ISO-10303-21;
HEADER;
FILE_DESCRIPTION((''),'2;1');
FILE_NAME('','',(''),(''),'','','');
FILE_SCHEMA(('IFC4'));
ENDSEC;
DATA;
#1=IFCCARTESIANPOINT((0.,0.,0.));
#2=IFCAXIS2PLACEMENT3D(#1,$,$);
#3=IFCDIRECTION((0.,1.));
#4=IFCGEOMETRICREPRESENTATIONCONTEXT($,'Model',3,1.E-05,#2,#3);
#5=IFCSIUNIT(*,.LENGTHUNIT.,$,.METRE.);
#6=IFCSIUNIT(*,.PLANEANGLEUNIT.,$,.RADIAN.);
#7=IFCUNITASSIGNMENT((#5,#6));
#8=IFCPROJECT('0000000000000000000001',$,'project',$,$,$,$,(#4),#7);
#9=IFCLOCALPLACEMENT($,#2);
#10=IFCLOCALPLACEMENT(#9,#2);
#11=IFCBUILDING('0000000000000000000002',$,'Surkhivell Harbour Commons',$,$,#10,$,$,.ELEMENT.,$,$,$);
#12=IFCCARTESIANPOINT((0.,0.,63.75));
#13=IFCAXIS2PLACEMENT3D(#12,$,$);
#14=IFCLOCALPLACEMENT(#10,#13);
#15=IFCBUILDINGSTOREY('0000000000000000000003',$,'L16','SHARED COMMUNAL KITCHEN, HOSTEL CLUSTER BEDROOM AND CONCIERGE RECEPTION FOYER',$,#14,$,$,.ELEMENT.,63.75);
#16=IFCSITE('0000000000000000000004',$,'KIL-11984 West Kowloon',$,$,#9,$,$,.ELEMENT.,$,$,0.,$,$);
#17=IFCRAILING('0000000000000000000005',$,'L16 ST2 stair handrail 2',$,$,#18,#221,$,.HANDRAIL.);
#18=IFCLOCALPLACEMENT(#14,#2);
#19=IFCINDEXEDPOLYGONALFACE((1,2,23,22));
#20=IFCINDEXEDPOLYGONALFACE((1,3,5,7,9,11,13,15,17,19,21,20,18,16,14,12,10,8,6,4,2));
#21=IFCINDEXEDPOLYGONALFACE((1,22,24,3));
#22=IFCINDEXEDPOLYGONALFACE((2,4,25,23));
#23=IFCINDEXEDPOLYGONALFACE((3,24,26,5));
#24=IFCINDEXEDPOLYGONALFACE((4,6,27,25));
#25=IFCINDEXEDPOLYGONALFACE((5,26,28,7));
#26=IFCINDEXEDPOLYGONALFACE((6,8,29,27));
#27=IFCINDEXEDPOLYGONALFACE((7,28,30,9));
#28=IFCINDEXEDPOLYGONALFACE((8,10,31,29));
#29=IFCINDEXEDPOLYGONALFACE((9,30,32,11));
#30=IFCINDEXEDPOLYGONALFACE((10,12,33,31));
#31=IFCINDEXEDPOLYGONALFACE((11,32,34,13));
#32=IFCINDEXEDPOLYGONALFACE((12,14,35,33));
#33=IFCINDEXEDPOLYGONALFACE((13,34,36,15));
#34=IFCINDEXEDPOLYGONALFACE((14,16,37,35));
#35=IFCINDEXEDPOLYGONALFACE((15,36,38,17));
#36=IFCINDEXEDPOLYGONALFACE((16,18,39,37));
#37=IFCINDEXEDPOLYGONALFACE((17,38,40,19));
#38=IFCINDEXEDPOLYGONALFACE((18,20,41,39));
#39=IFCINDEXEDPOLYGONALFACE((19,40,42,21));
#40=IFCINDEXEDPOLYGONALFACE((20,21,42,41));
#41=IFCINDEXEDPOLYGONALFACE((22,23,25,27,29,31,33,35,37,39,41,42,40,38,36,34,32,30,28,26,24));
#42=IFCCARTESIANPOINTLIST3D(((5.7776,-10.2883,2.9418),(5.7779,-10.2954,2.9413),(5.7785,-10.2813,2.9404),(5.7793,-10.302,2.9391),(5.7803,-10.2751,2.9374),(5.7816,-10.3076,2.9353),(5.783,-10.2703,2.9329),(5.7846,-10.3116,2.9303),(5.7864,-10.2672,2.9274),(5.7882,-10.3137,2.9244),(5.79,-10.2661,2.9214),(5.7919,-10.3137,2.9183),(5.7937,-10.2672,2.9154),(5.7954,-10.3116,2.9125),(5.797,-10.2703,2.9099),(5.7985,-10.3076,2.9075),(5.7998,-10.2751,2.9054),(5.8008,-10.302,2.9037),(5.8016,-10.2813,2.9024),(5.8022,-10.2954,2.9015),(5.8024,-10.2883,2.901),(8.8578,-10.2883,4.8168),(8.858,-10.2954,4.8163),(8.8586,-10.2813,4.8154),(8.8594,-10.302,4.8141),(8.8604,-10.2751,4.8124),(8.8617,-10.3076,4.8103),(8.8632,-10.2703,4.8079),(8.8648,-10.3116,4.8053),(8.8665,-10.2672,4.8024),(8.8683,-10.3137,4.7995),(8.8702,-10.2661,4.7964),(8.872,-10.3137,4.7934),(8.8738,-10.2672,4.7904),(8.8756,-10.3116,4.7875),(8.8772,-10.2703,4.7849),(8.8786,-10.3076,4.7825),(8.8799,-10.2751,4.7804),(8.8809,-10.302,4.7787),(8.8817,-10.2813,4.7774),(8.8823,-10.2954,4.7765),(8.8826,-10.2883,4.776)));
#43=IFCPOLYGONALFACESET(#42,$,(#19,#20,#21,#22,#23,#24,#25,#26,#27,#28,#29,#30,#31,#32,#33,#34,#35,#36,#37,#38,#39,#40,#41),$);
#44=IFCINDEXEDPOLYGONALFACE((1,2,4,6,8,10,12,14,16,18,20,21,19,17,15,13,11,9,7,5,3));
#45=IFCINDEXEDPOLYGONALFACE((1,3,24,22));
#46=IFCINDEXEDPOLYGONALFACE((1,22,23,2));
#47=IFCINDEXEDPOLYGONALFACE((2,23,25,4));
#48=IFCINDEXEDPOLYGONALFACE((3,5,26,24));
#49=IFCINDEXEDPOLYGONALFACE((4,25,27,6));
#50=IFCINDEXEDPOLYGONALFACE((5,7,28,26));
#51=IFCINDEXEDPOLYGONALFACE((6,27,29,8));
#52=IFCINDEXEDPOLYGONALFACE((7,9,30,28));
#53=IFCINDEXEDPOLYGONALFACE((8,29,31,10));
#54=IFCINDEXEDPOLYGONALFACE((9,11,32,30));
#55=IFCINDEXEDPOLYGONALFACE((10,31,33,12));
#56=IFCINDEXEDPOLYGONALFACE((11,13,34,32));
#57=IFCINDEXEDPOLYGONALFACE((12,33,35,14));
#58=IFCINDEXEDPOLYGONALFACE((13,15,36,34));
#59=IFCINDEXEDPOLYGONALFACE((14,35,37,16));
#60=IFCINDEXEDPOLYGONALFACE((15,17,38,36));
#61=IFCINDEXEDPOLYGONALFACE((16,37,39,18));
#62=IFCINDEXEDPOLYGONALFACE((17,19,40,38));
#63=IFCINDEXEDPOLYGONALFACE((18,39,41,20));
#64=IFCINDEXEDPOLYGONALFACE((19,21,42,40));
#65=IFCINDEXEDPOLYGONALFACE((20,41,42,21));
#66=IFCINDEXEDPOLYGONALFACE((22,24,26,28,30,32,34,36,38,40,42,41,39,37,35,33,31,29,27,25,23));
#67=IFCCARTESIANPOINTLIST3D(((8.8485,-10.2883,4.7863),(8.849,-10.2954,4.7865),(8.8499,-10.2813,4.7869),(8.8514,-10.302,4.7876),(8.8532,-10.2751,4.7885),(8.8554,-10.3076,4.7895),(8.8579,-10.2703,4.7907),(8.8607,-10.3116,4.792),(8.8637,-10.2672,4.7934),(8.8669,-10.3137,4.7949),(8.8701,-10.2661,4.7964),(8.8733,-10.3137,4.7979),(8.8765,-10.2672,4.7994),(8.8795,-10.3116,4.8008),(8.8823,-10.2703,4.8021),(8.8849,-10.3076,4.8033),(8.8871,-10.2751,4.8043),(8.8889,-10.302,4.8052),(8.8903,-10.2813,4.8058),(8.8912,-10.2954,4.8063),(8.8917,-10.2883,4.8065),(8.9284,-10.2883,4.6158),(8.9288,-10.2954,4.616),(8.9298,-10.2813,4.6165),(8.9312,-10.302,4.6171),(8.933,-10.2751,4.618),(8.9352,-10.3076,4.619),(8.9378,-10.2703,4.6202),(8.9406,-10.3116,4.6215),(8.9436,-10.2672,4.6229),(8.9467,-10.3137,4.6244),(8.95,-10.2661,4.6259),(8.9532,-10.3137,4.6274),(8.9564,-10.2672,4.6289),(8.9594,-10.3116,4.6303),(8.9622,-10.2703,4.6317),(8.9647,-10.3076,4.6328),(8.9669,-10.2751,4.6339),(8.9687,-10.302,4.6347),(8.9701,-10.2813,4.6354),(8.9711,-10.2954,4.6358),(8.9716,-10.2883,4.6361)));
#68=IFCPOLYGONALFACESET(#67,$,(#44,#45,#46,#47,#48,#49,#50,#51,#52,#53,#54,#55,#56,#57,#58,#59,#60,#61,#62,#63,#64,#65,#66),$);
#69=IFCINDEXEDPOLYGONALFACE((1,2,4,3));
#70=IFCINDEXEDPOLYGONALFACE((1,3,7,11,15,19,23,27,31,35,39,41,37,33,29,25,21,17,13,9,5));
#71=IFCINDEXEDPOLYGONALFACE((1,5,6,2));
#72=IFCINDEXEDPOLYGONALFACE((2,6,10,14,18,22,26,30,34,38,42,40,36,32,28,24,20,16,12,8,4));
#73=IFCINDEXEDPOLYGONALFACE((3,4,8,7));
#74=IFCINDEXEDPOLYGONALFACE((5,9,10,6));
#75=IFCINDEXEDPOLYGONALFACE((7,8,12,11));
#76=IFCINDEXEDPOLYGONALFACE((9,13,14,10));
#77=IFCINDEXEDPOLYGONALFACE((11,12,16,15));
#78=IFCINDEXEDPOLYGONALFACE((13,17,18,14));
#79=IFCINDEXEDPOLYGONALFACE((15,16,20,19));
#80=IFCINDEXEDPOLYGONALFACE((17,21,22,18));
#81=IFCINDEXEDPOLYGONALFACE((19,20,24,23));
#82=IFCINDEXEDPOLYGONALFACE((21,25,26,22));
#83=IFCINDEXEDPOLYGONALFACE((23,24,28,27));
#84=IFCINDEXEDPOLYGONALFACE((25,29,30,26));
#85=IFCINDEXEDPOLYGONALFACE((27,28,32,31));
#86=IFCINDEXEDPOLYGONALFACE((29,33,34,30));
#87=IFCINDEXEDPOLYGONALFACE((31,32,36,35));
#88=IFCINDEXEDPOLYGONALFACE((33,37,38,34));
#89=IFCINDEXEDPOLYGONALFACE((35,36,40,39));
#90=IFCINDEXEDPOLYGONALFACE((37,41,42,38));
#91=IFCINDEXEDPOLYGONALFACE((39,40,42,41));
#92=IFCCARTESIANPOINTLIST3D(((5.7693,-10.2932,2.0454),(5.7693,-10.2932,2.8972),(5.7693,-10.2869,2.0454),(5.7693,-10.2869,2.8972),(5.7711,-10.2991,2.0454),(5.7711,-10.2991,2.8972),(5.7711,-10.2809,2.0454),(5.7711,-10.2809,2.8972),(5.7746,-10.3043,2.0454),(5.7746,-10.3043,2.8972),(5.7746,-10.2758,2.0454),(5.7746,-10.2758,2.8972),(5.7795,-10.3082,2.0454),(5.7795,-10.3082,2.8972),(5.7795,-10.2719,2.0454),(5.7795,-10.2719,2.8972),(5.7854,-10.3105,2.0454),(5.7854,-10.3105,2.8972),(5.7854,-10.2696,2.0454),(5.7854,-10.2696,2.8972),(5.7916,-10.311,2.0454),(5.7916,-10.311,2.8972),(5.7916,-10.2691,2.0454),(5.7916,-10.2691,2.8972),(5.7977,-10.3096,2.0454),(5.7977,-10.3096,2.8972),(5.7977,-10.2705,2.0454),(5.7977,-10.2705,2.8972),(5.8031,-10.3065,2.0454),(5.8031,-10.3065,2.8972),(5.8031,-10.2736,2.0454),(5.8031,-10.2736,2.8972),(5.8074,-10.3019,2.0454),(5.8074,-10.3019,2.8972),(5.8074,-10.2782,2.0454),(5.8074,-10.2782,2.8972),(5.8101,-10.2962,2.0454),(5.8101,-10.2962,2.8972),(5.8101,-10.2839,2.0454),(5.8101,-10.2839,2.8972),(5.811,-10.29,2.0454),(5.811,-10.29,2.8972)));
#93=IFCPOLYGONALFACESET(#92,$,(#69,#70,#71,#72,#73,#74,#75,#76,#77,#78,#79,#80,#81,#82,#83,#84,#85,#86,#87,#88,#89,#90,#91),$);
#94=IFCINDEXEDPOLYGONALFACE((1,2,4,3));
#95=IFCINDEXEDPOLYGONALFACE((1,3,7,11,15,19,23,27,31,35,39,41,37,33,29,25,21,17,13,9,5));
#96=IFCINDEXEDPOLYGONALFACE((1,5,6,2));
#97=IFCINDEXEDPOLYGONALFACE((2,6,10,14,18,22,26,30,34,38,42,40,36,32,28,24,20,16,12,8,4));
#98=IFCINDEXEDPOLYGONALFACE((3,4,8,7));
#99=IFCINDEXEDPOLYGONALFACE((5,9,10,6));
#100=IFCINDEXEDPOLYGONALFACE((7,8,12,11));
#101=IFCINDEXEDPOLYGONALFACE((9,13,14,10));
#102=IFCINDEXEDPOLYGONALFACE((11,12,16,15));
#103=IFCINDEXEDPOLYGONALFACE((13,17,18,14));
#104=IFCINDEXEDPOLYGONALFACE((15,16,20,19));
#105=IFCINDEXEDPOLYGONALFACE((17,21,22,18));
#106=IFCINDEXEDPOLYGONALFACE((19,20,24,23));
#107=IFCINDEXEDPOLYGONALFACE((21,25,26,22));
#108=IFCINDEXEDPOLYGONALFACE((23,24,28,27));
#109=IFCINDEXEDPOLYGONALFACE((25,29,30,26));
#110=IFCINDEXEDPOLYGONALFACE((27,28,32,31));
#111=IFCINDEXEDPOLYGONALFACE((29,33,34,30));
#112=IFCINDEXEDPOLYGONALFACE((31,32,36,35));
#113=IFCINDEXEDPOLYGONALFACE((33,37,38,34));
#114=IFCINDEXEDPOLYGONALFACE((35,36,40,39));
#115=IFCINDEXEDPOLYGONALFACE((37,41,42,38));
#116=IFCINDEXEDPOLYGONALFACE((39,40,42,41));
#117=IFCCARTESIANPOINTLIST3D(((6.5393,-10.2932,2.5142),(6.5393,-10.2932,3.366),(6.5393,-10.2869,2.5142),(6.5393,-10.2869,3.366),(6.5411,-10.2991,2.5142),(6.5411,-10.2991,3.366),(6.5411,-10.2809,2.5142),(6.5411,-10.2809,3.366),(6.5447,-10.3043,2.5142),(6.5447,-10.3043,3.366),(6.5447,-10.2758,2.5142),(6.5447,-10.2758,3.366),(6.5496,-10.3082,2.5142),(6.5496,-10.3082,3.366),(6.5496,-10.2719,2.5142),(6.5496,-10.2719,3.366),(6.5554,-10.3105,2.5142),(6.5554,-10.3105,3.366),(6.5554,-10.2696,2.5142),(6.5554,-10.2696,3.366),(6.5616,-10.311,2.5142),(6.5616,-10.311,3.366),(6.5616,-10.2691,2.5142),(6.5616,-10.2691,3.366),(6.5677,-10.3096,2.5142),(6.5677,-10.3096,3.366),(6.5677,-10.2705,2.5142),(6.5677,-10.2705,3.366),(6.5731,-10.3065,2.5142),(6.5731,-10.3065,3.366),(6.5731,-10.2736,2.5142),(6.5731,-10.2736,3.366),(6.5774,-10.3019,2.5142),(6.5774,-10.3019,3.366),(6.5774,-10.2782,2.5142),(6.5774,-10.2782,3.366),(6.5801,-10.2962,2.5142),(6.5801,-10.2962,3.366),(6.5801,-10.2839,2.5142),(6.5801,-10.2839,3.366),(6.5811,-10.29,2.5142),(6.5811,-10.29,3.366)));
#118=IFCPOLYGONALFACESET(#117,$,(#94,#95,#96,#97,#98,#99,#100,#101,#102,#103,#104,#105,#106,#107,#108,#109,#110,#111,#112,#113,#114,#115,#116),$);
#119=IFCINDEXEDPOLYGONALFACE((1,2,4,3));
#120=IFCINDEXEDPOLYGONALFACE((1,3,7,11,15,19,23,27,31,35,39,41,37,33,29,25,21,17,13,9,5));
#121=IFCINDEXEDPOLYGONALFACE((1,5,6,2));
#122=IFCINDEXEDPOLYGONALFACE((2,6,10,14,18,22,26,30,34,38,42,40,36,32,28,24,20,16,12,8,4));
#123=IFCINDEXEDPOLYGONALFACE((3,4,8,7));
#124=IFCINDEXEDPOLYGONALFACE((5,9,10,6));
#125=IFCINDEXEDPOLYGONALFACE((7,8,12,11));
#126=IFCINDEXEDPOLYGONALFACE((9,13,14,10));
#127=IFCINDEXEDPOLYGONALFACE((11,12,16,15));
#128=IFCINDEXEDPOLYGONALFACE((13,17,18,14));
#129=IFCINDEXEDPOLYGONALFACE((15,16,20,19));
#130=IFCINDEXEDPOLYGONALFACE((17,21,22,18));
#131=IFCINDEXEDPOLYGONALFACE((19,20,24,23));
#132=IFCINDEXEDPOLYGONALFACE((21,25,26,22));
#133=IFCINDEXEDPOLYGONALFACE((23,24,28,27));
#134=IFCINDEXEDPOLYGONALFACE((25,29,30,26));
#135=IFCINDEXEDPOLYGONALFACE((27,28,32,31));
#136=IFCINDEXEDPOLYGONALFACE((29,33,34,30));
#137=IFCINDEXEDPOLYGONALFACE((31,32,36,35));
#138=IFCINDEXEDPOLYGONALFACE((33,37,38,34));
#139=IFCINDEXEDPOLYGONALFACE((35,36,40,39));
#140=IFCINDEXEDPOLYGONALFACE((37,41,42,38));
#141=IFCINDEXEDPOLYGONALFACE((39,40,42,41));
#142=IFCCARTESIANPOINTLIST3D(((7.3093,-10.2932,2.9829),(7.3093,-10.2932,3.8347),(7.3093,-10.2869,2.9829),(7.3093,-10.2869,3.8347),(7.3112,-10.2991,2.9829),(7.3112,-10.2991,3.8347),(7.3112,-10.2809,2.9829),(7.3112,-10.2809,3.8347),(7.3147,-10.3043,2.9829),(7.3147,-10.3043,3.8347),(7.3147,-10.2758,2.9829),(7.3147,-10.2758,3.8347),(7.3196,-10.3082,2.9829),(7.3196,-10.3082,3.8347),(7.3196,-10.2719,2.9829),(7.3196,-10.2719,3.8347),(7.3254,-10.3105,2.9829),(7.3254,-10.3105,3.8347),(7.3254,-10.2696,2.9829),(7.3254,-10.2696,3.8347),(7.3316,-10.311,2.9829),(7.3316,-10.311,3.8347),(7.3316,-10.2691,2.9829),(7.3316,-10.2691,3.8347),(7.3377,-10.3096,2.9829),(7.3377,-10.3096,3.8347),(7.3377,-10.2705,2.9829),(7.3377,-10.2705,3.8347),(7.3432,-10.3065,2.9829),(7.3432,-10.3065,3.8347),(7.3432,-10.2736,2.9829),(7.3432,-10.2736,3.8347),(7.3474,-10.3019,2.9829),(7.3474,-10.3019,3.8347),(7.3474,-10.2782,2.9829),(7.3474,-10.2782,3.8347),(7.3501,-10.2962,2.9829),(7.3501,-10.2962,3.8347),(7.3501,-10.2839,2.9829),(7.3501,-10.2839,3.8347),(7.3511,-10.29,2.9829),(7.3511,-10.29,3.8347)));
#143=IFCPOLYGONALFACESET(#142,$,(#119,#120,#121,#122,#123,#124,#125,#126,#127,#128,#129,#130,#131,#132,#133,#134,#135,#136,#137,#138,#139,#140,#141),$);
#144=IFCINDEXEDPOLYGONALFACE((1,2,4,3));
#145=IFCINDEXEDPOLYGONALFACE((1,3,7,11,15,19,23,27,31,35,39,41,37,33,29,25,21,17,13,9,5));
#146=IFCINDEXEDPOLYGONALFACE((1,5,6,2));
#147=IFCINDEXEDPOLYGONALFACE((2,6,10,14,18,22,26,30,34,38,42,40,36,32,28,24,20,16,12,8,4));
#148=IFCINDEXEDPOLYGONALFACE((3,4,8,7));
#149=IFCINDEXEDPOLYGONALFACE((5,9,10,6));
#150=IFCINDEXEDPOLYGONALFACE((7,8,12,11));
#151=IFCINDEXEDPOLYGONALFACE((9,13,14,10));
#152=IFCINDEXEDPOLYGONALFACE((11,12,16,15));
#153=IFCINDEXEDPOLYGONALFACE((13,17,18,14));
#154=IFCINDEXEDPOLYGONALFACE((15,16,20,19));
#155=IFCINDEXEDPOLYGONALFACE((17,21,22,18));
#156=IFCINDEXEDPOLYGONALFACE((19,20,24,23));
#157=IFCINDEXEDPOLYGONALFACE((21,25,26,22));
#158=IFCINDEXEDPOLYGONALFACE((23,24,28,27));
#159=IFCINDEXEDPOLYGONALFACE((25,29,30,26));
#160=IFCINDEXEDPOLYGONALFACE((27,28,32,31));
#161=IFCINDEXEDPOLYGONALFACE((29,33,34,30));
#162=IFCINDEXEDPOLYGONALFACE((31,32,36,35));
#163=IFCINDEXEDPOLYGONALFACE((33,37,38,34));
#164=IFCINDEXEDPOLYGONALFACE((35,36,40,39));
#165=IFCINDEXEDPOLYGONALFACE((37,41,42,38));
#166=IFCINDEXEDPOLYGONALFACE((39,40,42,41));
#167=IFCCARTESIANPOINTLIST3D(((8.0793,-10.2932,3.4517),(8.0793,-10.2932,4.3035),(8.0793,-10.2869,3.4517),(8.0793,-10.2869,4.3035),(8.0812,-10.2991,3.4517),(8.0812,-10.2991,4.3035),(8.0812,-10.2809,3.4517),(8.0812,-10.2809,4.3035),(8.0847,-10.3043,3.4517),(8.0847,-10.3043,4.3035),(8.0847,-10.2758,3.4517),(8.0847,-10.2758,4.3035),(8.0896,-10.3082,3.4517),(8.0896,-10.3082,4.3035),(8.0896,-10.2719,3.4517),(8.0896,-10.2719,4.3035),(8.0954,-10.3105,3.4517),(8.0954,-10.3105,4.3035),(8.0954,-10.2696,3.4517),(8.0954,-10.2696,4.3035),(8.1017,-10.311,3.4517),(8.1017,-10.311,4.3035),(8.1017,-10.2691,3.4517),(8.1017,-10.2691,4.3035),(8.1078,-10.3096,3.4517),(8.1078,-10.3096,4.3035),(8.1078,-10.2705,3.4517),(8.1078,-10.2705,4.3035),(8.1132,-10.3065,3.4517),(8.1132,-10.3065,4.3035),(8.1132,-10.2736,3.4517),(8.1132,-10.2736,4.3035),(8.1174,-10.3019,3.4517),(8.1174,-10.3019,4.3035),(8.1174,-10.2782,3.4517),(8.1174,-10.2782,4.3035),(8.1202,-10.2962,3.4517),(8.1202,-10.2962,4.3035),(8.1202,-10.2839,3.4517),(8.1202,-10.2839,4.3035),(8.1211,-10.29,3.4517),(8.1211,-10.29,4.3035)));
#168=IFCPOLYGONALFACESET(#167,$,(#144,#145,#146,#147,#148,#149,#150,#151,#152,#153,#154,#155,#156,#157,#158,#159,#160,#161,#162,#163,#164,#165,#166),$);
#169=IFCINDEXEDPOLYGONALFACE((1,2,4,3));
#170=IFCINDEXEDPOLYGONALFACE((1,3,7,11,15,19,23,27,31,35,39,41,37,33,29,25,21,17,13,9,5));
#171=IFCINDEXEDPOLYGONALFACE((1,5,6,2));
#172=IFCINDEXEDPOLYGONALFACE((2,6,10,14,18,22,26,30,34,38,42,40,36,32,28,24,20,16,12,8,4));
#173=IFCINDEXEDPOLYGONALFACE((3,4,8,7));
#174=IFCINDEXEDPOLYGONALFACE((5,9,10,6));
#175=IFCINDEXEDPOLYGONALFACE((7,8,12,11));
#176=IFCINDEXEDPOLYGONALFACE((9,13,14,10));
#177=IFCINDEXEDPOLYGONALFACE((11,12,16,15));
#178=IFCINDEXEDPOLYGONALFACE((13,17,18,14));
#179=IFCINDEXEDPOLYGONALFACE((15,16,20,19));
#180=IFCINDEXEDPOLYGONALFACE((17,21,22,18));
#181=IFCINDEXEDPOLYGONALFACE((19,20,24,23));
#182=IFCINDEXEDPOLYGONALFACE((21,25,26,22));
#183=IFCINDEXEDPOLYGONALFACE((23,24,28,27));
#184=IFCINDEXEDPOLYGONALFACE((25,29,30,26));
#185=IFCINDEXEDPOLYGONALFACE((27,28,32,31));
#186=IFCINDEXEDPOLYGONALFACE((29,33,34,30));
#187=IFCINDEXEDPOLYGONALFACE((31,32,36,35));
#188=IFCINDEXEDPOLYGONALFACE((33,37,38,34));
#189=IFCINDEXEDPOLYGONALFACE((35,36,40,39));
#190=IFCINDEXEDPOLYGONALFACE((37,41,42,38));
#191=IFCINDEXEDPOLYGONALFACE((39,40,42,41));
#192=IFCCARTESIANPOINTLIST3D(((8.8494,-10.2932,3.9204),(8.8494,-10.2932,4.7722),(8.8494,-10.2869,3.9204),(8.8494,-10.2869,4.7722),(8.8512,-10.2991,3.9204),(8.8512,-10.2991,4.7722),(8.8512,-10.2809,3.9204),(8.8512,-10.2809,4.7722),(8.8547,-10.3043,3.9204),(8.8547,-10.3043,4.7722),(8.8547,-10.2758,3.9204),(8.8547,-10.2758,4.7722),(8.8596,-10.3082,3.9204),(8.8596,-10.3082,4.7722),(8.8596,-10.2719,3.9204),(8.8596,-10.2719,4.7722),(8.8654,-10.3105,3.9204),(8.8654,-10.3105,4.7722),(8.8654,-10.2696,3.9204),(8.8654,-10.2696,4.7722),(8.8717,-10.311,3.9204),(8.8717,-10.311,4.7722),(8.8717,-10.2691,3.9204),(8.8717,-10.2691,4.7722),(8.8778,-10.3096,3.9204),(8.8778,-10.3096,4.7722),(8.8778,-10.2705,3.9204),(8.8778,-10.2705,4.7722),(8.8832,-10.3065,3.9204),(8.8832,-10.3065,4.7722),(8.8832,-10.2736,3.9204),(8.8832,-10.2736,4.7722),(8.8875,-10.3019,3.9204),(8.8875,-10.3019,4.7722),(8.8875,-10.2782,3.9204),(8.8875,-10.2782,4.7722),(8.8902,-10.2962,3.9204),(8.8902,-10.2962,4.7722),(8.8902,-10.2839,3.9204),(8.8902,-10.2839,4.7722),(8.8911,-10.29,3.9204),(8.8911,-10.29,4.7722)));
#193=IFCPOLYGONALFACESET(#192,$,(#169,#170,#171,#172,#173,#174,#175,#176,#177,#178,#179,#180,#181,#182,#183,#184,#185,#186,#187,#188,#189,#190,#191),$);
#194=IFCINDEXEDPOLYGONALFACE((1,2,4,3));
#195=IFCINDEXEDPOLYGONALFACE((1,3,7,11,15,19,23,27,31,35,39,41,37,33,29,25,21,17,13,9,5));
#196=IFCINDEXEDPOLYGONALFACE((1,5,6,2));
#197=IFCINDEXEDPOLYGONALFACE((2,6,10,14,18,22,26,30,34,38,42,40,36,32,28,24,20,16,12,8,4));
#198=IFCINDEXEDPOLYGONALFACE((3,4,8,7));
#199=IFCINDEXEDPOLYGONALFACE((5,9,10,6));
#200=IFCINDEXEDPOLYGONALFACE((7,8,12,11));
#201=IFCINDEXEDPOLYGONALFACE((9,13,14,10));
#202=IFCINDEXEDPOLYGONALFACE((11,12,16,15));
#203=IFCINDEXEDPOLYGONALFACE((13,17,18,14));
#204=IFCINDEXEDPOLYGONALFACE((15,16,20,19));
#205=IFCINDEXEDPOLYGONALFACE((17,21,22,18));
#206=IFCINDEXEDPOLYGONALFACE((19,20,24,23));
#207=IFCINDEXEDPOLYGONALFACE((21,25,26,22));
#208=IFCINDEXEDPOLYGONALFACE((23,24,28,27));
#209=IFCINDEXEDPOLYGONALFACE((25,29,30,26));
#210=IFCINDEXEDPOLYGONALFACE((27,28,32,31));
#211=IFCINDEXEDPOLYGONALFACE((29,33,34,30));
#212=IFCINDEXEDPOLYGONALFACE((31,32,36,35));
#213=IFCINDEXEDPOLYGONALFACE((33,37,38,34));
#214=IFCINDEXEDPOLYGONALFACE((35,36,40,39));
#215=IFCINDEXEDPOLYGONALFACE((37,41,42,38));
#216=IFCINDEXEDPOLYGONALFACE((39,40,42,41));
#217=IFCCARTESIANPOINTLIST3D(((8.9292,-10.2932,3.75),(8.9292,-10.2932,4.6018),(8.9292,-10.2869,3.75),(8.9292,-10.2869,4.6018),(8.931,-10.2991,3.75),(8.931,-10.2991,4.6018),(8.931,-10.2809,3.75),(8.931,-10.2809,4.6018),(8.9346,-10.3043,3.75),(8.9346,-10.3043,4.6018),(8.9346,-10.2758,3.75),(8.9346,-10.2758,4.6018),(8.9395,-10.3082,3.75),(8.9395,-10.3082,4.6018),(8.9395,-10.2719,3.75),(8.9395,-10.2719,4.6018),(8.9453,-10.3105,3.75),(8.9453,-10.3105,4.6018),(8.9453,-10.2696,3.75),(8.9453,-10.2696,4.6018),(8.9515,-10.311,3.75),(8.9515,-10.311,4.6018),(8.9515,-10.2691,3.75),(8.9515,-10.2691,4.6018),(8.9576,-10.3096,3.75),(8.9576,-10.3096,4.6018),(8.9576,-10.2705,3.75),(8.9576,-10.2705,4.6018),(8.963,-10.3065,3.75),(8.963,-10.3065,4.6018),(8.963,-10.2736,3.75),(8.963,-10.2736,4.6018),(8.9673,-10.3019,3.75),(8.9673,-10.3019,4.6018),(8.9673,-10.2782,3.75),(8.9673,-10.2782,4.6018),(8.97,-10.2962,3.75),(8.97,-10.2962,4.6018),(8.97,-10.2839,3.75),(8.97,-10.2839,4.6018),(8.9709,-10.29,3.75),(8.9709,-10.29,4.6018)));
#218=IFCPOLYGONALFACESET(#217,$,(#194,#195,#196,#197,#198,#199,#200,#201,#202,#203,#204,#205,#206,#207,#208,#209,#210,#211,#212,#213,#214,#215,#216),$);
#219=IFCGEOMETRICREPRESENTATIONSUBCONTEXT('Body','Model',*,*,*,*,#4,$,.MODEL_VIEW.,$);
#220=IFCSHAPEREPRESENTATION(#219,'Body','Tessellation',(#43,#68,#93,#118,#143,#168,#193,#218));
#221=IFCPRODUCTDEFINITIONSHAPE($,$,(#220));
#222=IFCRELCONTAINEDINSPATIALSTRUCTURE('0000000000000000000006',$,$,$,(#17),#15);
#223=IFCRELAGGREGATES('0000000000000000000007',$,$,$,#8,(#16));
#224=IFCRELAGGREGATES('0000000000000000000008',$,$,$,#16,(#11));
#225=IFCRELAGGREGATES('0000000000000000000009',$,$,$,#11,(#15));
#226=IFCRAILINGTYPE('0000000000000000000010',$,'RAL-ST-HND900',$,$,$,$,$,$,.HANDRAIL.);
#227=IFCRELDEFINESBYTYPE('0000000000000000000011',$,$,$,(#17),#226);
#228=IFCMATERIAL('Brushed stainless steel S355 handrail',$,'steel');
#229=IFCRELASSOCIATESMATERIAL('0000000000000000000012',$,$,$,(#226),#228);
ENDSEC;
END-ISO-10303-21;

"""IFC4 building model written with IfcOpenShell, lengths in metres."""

from ifc_helpers import new_model, si_unit, direction, frame, origin, origin_2d, place, context, subcontext, project, spatial, circle, extrude, material, type_object, element, save


model = new_model("IFC4")

# Units and contexts
model_context = context("Model", 3, precision=1e-05, world=origin(), true_north=direction((0.0, 1.0)))
body_context = subcontext(model_context, "Body", "Model", "MODEL_VIEW")
ifc_project = project(units=[si_unit("LENGTHUNIT", "METRE"), si_unit("PLANEANGLEUNIT", "RADIAN")], contexts=[model_context])

# Site, building, storey
site_placement = place(None, origin())
site = spatial("IfcSite", under=ifc_project, at=site_placement, Name="KIL-11984 West Kowloon", CompositionType="ELEMENT", RefElevation=0.0)
building_placement = place(site_placement, origin())
building = spatial("IfcBuilding", under=site, at=building_placement, Name="Surkhivell Harbour Commons", CompositionType="ELEMENT")
storey_placement = place(building_placement, frame((0.0, 0.0, 63.75)))
storey = spatial("IfcBuildingStorey", under=building, at=storey_placement, Name="L16", Description="SHARED COMMUNAL KITCHEN, HOSTEL CLUSTER BEDROOM AND CONCIERGE RECEPTION FOYER", CompositionType="ELEMENT", Elevation=63.75)

# Railing
ifc_material_1 = material(Name="Brushed stainless steel S355 handrail", Category="steel")
railing_type_1 = type_object("IfcRailingType", Name="RAL-ST-HND900", PredefinedType="HANDRAIL", material=ifc_material_1)
railing_1_placement = place(storey_placement, frame((5.79, -10.29, 2.0454)))
element("IfcRailing", 1, at=railing_1_placement, inside=storey, type_object=railing_type_1, Name="L16 ST2 stair handrail 2", PredefinedType="HANDRAIL", context=body_context, shape_type="SweptSolid", body=[
    extrude(circle(Radius=0.0239, at=origin_2d()), frame((0.0, 0.0, 0.876), z_axis=(0.854178, 0.0, 0.519981), x_axis=(0.0, 1.0, 0.0)), (0.0, 0.0, 1.0), 3.606),
    extrude(circle(Radius=0.0239, at=origin_2d()), frame((3.0801, 0.0, 2.751), z_axis=(0.424234, 0.0, -0.905552), x_axis=(0.0, 1.0, 0.0)), (0.0, 0.0, 1.0), 0.1882),
    extrude(circle(Radius=0.021, at=origin_2d()), origin(), (0.0, 0.0, 1.0), 0.8518),
    extrude(circle(Radius=0.021, at=origin_2d()), frame((0.77, 0.0, 0.4688)), (0.0, 0.0, 1.0), 0.8518),
    extrude(circle(Radius=0.021, at=origin_2d()), frame((1.54, 0.0, 0.9375)), (0.0, 0.0, 1.0), 0.8518),
    extrude(circle(Radius=0.021, at=origin_2d()), frame((2.3101, 0.0, 1.4062)), (0.0, 0.0, 1.0), 0.8518),
    extrude(circle(Radius=0.021, at=origin_2d()), frame((3.0801, 0.0, 1.875)), (0.0, 0.0, 1.0), 0.8518),
    extrude(circle(Radius=0.021, at=origin_2d()), frame((3.1599, 0.0, 1.7046)), (0.0, 0.0, 1.0), 0.8518),
])

save(model, "model.ifc")
